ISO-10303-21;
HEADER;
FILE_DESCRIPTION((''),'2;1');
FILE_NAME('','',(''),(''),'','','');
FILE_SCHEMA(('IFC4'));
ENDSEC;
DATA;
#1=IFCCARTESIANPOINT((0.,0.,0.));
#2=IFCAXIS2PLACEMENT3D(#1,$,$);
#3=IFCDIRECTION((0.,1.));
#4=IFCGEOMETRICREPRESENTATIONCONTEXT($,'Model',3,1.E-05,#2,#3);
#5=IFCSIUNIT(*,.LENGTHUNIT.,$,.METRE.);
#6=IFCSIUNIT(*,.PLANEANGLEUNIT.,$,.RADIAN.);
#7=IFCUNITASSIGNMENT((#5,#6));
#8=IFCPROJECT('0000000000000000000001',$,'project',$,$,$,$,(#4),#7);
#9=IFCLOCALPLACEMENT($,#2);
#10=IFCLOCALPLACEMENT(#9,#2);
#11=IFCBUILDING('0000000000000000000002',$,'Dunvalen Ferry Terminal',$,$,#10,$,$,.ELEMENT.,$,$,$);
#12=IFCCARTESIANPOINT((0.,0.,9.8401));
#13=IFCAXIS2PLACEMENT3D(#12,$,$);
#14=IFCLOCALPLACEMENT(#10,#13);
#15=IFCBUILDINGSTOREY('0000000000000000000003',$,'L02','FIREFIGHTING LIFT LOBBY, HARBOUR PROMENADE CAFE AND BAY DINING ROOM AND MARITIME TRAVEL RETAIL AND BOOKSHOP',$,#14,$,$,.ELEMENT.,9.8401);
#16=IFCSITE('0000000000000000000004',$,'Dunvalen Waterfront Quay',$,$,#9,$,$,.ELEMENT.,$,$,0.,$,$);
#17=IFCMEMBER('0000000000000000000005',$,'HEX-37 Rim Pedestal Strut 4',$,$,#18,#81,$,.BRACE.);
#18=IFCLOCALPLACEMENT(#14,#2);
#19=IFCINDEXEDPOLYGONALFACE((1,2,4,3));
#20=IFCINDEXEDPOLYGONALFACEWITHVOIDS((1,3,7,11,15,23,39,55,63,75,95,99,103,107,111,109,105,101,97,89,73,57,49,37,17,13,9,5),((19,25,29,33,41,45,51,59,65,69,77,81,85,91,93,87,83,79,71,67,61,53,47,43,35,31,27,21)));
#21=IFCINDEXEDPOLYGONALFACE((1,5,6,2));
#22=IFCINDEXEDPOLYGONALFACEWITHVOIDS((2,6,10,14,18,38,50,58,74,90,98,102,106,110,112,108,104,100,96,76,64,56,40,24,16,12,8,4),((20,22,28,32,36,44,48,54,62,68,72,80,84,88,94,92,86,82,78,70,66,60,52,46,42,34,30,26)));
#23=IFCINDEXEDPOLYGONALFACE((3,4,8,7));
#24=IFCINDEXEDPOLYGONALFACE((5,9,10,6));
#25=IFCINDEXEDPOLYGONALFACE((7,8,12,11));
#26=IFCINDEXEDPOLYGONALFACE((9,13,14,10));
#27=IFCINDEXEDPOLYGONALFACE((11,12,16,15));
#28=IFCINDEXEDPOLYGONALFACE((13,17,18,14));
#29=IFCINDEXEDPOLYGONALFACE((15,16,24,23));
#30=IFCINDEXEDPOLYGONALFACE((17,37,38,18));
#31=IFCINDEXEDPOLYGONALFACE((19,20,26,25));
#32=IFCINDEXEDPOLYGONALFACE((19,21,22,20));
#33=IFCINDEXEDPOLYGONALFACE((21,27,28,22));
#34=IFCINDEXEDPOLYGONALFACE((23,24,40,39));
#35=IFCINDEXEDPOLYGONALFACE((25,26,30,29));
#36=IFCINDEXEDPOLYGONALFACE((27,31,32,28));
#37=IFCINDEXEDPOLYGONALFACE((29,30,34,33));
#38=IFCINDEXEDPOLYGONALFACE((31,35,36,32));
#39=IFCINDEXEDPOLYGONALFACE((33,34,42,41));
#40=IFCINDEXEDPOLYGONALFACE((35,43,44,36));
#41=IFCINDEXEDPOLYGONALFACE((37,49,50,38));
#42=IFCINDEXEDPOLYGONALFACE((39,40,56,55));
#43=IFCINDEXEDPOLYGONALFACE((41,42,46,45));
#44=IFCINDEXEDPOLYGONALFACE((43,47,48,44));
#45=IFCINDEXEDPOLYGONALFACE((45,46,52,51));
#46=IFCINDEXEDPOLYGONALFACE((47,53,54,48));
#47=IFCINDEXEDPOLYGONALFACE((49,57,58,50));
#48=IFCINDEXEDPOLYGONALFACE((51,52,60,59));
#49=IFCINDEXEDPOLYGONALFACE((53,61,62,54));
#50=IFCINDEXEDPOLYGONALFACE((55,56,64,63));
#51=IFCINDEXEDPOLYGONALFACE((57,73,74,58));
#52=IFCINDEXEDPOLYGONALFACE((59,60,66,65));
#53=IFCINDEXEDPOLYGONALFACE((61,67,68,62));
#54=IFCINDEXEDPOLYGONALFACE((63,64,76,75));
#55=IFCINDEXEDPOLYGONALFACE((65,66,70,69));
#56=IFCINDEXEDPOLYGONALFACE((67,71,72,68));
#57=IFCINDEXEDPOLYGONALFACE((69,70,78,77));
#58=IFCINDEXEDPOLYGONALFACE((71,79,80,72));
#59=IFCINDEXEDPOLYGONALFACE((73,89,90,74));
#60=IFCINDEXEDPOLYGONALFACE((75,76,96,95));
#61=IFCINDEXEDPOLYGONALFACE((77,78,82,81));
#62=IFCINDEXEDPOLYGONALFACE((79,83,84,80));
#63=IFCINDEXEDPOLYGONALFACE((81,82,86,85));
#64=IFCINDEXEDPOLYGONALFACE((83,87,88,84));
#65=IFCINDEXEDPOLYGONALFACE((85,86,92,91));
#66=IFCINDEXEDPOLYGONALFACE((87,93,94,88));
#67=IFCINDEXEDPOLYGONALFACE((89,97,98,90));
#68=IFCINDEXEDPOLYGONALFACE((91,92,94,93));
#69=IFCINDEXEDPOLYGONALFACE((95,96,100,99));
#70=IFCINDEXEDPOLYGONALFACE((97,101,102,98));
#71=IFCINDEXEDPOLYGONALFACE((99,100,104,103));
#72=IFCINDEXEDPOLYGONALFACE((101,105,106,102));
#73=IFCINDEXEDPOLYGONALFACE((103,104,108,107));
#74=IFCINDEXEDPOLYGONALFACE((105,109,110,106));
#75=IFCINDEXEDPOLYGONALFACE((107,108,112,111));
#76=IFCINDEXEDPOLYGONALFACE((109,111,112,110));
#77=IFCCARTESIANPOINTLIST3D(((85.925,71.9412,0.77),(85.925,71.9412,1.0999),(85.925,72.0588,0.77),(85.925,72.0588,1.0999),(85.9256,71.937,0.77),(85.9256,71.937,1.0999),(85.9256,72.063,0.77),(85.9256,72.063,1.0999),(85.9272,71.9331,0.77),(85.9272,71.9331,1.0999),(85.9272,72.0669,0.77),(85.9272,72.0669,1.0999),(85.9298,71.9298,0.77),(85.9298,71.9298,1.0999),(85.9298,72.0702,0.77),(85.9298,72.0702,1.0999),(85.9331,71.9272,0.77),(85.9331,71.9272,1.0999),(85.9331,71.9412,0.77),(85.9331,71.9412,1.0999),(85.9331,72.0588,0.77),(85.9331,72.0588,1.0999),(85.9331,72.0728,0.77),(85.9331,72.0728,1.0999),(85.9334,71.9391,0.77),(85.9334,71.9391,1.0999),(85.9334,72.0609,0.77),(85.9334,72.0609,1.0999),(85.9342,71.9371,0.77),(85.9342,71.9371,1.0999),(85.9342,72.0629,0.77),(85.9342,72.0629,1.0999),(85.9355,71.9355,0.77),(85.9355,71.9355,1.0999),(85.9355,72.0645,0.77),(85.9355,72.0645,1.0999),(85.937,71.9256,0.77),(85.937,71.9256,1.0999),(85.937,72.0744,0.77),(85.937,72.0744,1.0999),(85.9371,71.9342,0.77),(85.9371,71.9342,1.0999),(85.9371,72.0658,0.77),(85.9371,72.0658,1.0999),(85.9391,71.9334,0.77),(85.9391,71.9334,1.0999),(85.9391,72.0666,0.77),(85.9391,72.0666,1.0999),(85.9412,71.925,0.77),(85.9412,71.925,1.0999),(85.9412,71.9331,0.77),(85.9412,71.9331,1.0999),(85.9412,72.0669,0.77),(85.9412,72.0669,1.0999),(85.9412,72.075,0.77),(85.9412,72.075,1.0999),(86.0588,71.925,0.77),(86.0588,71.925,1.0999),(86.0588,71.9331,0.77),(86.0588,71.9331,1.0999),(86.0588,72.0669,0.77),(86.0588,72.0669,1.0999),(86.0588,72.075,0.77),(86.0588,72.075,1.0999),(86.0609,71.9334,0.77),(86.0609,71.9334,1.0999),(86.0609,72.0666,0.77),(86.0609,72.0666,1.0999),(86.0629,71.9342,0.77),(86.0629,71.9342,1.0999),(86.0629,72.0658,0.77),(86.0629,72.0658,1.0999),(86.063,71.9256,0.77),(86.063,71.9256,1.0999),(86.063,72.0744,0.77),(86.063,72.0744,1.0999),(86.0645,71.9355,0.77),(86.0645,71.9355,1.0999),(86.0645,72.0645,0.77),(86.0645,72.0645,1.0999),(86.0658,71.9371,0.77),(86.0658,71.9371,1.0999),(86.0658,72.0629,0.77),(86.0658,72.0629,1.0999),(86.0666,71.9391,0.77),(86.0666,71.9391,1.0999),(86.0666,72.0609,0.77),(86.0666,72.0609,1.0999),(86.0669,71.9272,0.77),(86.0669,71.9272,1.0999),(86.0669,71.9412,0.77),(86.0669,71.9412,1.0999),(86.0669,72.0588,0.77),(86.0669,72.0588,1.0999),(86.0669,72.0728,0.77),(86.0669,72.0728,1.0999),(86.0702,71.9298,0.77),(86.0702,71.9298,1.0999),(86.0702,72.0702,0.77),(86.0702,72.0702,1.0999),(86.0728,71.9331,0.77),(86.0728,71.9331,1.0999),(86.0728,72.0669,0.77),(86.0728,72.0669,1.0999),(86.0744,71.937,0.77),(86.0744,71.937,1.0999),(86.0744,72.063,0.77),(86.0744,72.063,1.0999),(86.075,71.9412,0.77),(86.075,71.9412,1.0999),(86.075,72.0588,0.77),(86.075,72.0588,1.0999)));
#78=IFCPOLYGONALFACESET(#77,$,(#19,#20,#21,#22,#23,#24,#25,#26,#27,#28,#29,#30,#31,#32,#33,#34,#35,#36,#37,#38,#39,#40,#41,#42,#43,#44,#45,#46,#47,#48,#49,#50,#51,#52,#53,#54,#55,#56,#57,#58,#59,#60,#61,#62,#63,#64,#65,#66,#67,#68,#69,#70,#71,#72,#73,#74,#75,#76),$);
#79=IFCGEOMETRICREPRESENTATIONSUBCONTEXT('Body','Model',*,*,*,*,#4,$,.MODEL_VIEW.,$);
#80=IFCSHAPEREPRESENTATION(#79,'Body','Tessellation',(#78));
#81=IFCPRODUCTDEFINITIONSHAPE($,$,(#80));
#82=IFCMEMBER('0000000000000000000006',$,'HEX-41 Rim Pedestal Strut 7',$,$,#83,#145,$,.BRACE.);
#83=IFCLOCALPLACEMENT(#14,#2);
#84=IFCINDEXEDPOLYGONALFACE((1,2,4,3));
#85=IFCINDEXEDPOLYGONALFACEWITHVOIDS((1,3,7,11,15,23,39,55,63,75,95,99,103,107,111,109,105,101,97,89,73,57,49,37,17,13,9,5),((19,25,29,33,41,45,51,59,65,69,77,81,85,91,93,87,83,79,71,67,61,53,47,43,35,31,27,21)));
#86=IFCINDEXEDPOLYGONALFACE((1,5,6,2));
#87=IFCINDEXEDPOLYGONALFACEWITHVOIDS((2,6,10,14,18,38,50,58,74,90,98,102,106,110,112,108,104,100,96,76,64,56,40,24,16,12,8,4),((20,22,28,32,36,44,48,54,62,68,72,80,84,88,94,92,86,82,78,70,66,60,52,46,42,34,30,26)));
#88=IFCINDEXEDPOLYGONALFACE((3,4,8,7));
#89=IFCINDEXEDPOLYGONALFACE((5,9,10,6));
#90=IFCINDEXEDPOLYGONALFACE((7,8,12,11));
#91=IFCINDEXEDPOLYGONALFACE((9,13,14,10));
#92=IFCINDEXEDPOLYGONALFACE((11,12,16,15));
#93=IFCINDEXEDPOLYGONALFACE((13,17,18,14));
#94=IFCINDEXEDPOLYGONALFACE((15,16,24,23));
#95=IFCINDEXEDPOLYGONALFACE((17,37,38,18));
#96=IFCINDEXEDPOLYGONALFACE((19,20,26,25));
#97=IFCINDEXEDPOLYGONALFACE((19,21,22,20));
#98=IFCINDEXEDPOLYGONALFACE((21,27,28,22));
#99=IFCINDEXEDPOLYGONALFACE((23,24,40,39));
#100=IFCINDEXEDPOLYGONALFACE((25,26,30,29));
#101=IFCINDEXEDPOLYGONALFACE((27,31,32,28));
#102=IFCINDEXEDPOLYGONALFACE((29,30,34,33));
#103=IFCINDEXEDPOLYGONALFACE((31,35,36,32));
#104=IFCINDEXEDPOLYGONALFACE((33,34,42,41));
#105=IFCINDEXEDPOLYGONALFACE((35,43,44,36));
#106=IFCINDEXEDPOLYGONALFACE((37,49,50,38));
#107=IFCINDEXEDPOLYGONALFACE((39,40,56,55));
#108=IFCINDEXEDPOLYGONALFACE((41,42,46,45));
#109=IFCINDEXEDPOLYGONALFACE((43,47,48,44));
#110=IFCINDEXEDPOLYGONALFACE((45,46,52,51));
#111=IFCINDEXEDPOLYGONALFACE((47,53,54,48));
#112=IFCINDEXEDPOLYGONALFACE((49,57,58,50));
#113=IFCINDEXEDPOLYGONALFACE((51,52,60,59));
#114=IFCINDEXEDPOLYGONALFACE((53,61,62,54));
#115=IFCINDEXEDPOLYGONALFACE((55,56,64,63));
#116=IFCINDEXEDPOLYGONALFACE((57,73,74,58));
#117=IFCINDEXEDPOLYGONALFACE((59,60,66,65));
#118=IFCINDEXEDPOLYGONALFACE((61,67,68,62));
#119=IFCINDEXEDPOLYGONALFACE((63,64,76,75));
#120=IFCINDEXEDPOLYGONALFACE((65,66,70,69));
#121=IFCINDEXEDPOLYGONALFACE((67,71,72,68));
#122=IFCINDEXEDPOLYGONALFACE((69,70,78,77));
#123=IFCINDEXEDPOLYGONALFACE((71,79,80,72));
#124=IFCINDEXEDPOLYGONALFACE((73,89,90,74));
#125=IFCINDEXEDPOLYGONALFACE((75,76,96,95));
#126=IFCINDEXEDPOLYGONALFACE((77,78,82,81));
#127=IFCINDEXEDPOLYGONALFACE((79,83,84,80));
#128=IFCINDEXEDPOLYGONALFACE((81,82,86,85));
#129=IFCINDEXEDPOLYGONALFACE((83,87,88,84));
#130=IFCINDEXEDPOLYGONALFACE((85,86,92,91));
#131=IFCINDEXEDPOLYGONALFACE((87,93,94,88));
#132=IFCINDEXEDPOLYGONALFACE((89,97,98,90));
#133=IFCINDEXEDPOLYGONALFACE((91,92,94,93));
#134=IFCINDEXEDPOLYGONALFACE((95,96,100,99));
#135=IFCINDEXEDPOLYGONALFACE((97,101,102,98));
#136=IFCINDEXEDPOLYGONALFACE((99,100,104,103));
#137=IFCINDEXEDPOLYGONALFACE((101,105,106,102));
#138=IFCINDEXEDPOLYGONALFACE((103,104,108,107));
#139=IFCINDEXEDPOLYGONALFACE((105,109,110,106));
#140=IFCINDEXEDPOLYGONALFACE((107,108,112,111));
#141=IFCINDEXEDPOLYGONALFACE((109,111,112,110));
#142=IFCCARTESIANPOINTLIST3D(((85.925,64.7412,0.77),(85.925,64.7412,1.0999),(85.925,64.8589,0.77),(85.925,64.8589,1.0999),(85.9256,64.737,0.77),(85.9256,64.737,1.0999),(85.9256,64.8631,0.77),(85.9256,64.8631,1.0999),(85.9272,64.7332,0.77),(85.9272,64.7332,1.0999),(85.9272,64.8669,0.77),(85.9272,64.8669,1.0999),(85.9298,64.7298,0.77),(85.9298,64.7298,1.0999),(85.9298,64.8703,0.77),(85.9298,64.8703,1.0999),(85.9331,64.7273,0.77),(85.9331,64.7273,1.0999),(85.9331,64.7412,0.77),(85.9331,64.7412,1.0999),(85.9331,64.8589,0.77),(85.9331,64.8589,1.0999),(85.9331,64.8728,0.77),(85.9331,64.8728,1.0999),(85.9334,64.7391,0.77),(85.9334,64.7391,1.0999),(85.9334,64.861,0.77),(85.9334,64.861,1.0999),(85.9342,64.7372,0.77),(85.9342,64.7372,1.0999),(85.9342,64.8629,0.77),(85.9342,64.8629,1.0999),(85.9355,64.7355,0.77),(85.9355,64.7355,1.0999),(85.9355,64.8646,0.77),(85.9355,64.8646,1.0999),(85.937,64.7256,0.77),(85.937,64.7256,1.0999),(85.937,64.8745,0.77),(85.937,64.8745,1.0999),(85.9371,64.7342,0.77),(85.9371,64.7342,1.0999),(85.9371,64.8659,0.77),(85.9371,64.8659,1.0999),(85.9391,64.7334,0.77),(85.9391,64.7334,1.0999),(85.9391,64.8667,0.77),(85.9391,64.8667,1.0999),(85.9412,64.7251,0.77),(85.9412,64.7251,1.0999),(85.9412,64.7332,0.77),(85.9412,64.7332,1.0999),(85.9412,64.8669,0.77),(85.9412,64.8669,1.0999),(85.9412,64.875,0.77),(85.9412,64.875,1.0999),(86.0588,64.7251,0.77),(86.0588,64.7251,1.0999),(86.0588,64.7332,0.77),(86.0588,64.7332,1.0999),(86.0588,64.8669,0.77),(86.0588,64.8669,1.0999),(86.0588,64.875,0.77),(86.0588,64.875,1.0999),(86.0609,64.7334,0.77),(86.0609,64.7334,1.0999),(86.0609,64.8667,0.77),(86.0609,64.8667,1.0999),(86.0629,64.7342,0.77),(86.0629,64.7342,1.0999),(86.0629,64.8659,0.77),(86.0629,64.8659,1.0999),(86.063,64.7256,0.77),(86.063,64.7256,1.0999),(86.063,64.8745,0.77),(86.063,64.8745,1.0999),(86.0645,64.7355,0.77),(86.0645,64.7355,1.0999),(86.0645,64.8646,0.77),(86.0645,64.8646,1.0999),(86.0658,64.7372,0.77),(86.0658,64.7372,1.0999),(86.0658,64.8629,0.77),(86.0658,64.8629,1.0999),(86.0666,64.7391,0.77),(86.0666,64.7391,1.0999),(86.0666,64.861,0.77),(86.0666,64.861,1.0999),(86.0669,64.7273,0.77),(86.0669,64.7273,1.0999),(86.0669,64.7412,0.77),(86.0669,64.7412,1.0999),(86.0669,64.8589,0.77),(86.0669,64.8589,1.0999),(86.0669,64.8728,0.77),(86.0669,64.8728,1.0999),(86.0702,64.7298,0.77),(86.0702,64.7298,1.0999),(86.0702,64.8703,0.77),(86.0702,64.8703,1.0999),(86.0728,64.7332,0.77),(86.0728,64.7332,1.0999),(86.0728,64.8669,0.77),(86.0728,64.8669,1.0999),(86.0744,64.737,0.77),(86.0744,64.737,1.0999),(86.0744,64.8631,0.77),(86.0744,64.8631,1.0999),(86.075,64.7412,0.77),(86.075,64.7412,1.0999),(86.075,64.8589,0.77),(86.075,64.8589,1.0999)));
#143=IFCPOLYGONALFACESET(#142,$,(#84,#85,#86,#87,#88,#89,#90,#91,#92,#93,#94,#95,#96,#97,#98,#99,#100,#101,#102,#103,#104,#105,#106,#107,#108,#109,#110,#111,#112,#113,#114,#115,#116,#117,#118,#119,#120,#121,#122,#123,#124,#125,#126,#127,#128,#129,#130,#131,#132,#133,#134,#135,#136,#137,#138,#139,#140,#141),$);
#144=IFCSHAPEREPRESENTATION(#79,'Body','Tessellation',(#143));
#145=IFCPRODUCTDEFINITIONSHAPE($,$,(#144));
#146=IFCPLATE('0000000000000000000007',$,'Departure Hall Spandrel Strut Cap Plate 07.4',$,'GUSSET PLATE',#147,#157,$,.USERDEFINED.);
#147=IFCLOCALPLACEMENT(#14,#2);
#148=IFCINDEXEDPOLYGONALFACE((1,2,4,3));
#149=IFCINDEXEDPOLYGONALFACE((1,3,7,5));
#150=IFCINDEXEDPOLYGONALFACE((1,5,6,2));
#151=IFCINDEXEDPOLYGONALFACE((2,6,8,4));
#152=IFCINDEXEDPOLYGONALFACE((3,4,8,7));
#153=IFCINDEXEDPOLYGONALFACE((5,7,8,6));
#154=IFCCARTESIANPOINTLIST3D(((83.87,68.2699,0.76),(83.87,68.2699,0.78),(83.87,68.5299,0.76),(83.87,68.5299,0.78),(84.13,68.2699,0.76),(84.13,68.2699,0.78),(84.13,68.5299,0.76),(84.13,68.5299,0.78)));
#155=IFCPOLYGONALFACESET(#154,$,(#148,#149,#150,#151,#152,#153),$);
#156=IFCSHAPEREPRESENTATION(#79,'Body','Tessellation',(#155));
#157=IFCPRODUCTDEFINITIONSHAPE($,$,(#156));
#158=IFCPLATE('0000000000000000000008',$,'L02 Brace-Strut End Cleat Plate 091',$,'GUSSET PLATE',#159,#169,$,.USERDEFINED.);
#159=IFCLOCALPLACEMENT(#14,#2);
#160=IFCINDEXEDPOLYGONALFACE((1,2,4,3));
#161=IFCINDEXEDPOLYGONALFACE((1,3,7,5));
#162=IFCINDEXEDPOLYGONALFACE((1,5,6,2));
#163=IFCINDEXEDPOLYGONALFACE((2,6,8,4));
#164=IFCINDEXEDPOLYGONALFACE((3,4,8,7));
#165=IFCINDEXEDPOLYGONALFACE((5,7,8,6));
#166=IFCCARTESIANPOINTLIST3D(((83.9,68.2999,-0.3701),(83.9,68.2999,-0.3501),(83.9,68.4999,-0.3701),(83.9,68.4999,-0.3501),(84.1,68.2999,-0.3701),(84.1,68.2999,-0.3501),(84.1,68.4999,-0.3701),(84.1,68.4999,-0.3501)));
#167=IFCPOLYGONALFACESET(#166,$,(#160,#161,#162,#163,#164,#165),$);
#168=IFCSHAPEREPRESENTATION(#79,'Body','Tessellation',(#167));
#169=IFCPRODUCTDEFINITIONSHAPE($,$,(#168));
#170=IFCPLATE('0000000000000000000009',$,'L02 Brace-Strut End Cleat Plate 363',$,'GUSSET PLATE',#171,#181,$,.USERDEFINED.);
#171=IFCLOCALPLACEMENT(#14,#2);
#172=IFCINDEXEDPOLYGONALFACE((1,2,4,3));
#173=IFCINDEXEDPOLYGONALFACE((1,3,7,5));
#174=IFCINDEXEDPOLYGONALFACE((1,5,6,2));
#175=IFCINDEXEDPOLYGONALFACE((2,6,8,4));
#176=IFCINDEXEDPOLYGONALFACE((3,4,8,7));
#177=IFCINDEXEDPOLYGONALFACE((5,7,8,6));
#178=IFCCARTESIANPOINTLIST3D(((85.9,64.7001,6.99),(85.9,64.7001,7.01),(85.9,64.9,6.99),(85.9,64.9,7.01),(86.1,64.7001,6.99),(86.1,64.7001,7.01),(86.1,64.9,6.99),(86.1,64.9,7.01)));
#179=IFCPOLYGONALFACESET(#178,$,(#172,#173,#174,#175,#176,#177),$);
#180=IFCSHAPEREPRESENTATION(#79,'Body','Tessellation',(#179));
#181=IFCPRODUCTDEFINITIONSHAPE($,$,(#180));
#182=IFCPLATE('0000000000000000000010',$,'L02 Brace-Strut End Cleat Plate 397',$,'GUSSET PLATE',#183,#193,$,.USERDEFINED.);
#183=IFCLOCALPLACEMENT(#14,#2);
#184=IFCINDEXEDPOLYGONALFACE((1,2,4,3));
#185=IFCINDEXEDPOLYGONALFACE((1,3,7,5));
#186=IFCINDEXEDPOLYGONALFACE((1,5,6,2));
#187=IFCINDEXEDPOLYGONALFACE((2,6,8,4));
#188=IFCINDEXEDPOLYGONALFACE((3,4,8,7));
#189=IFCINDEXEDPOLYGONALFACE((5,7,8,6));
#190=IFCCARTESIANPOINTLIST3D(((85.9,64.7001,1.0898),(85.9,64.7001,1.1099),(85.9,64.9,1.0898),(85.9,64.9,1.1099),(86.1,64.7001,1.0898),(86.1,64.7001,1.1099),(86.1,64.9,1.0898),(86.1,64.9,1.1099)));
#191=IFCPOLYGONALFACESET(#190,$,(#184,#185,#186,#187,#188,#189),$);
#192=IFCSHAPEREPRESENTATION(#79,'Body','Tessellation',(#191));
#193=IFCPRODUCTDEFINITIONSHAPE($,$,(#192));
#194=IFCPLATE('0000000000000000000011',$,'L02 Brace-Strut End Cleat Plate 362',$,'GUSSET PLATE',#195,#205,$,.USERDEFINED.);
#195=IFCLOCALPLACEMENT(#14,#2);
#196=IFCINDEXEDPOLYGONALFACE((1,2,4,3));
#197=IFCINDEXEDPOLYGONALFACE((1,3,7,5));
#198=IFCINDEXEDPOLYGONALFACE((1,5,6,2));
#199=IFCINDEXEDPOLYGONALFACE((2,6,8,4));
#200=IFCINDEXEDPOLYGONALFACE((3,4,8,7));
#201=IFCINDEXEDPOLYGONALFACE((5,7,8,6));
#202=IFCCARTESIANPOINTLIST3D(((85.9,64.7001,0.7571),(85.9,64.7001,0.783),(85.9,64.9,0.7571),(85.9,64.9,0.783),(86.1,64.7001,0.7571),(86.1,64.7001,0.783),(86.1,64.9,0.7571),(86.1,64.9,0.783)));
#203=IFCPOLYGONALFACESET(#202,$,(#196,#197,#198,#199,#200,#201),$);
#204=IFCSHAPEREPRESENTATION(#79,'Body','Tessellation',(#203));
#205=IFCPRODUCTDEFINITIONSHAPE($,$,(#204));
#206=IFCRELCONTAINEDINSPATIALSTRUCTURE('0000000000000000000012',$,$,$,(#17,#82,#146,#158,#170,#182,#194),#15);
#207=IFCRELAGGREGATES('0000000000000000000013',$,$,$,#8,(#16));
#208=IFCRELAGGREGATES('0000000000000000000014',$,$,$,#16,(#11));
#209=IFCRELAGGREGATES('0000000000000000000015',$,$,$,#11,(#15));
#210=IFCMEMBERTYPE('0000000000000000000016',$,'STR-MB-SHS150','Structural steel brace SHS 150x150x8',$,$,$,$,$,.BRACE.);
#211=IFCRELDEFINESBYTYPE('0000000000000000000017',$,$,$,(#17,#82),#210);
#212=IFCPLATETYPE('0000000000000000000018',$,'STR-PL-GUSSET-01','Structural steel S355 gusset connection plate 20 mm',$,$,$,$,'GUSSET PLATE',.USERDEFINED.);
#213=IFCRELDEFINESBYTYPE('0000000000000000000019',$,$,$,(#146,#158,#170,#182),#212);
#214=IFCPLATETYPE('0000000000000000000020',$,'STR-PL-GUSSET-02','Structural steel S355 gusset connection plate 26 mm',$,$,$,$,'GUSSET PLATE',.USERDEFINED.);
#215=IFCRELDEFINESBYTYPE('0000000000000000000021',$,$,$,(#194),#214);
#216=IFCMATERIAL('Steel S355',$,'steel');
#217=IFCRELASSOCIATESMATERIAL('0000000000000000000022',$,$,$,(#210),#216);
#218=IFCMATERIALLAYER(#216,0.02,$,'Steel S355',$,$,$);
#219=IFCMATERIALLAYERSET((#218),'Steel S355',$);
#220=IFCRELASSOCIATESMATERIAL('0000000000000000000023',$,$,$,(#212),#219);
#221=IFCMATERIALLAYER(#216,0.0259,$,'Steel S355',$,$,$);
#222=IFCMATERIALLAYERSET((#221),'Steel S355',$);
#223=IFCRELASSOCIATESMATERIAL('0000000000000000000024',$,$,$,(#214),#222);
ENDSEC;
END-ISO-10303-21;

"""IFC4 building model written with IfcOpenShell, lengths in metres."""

from ifc_helpers import new_model, si_unit, direction, frame, origin, origin_2d, place, context, subcontext, project, spatial, rectangle, hollow_rectangle, extrude, material, layer, layer_set, material_profile, profile_set, type_object, element, save


model = new_model("IFC4")

# Units and contexts
model_context = context("Model", 3, precision=1e-05, world=origin(), true_north=direction((0.0, 1.0)))
body_context = subcontext(model_context, "Body", "Model", "MODEL_VIEW")
ifc_project = project(units=[si_unit("LENGTHUNIT", "METRE"), si_unit("PLANEANGLEUNIT", "RADIAN")], contexts=[model_context])

# Site, building, storey
site_placement = place(None, origin())
site = spatial("IfcSite", under=ifc_project, at=site_placement, Name="Dunvalen Waterfront Quay", CompositionType="ELEMENT", RefElevation=0.0)
building_placement = place(site_placement, origin())
building = spatial("IfcBuilding", under=site, at=building_placement, Name="Dunvalen Ferry Terminal", CompositionType="ELEMENT")
storey_placement = place(building_placement, frame((0.0, 0.0, 9.8401)))
storey = spatial("IfcBuildingStorey", under=building, at=storey_placement, Name="L02", Description="FIREFIGHTING LIFT LOBBY, HARBOUR PROMENADE CAFE AND BAY DINING ROOM AND MARITIME TRAVEL RETAIL AND BOOKSHOP", CompositionType="ELEMENT", Elevation=9.8401)

# Shared definitions
ifc_material_1 = material(Name="Steel S355", Category="steel")

# Members
ifc_material_profile_1 = material_profile(ifc_material_1, hollow_rectangle(XDim=0.1499, YDim=0.1499, WallThickness=0.0081, InnerFilletRadius=0.0081, OuterFilletRadius=0.0161, at=origin_2d()), Name="Steel S355")
ifc_profile_set_1 = profile_set([ifc_material_profile_1], Name="Steel S355")
member_type_1 = type_object("IfcMemberType", Name="STR-MB-SHS150", Description="Structural steel brace SHS 150x150x8", PredefinedType="BRACE", material=ifc_profile_set_1)
for number, where, z_axis, x_axis, name in (
    (1, (86.0, 72.0, 0.77), (0.0, 0.0, 1.0), (1.0, 0.0, 0.0), "HEX-37 Rim Pedestal Strut 4"),
    (2, (86.0, 64.8, 0.77), (0.0, 0.0, 1.0), (1.0, 0.0, 0.0), "HEX-41 Rim Pedestal Strut 7"),
):
    element("IfcMember", number, at=place(storey_placement, frame(where, z_axis=z_axis, x_axis=x_axis)), inside=storey, type_object=member_type_1, Name=name, PredefinedType="BRACE", context=body_context, shape_type="SweptSolid", body=[
        extrude(hollow_rectangle(XDim=0.1499, YDim=0.1499, WallThickness=0.0081, InnerFilletRadius=0.0081, OuterFilletRadius=0.0161, at=origin_2d()), origin(), (0.0, 0.0, 1.0), 0.3298),
    ])

# Plates
ifc_layer_1 = layer(ifc_material_1, 0.02, Name="Steel S355")
ifc_layer_set_1 = layer_set([ifc_layer_1], Name="Steel S355")
plate_type_1 = type_object("IfcPlateType", Name="STR-PL-GUSSET-01", Description="Structural steel S355 gusset connection plate 20 mm", ElementType="GUSSET PLATE", PredefinedType="USERDEFINED", material=ifc_layer_set_1)
plate_1_placement = place(storey_placement, frame((84.0, 68.3999, 0.76), z_axis=(0.0, 0.0, 1.0), x_axis=(1.0, 0.0, 0.0)))
element("IfcPlate", 3, at=plate_1_placement, inside=storey, type_object=plate_type_1, Name="Departure Hall Spandrel Strut Cap Plate 07.4", ObjectType="GUSSET PLATE", PredefinedType="USERDEFINED", context=body_context, shape_type="SweptSolid", body=[
    extrude(rectangle(XDim=0.26, YDim=0.26, at=origin_2d()), origin(), (0.0, 0.0, 1.0), 0.02),
])
for number, where, z_axis, x_axis, name in (
    (4, (84.0, 68.3999, -0.3701), (0.0, 0.0, 1.0), (1.0, 0.0, 0.0), "L02 Brace-Strut End Cleat Plate 091"),
    (5, (86.0, 64.8, 6.99), (0.0, 0.0, 1.0), (1.0, 0.0, 0.0), "L02 Brace-Strut End Cleat Plate 363"),
    (6, (86.0, 64.8, 1.0898), (0.0, 0.0, 1.0), (1.0, 0.0, 0.0), "L02 Brace-Strut End Cleat Plate 397"),
):
    element("IfcPlate", number, at=place(storey_placement, frame(where, z_axis=z_axis, x_axis=x_axis)), inside=storey, type_object=plate_type_1, Name=name, ObjectType="GUSSET PLATE", PredefinedType="USERDEFINED", context=body_context, shape_type="SweptSolid", body=[
        extrude(rectangle(XDim=0.2, YDim=0.2, at=origin_2d()), origin(), (0.0, 0.0, 1.0), 0.02),
    ])
ifc_layer_2 = layer(ifc_material_1, 0.0259, Name="Steel S355")
ifc_layer_set_2 = layer_set([ifc_layer_2], Name="Steel S355")
plate_type_2 = type_object("IfcPlateType", Name="STR-PL-GUSSET-02", Description="Structural steel S355 gusset connection plate 26 mm", ElementType="GUSSET PLATE", PredefinedType="USERDEFINED", material=ifc_layer_set_2)
plate_2_placement = place(storey_placement, frame((86.0, 64.8, 0.7571), z_axis=(0.0, 0.0, 1.0), x_axis=(1.0, 0.0, 0.0)))
element("IfcPlate", 7, at=plate_2_placement, inside=storey, type_object=plate_type_2, Name="L02 Brace-Strut End Cleat Plate 362", ObjectType="GUSSET PLATE", PredefinedType="USERDEFINED", context=body_context, shape_type="SweptSolid", body=[
    extrude(rectangle(XDim=0.2, YDim=0.2, at=origin_2d()), origin(), (0.0, 0.0, 1.0), 0.0259),
])

save(model, "model.ifc")
